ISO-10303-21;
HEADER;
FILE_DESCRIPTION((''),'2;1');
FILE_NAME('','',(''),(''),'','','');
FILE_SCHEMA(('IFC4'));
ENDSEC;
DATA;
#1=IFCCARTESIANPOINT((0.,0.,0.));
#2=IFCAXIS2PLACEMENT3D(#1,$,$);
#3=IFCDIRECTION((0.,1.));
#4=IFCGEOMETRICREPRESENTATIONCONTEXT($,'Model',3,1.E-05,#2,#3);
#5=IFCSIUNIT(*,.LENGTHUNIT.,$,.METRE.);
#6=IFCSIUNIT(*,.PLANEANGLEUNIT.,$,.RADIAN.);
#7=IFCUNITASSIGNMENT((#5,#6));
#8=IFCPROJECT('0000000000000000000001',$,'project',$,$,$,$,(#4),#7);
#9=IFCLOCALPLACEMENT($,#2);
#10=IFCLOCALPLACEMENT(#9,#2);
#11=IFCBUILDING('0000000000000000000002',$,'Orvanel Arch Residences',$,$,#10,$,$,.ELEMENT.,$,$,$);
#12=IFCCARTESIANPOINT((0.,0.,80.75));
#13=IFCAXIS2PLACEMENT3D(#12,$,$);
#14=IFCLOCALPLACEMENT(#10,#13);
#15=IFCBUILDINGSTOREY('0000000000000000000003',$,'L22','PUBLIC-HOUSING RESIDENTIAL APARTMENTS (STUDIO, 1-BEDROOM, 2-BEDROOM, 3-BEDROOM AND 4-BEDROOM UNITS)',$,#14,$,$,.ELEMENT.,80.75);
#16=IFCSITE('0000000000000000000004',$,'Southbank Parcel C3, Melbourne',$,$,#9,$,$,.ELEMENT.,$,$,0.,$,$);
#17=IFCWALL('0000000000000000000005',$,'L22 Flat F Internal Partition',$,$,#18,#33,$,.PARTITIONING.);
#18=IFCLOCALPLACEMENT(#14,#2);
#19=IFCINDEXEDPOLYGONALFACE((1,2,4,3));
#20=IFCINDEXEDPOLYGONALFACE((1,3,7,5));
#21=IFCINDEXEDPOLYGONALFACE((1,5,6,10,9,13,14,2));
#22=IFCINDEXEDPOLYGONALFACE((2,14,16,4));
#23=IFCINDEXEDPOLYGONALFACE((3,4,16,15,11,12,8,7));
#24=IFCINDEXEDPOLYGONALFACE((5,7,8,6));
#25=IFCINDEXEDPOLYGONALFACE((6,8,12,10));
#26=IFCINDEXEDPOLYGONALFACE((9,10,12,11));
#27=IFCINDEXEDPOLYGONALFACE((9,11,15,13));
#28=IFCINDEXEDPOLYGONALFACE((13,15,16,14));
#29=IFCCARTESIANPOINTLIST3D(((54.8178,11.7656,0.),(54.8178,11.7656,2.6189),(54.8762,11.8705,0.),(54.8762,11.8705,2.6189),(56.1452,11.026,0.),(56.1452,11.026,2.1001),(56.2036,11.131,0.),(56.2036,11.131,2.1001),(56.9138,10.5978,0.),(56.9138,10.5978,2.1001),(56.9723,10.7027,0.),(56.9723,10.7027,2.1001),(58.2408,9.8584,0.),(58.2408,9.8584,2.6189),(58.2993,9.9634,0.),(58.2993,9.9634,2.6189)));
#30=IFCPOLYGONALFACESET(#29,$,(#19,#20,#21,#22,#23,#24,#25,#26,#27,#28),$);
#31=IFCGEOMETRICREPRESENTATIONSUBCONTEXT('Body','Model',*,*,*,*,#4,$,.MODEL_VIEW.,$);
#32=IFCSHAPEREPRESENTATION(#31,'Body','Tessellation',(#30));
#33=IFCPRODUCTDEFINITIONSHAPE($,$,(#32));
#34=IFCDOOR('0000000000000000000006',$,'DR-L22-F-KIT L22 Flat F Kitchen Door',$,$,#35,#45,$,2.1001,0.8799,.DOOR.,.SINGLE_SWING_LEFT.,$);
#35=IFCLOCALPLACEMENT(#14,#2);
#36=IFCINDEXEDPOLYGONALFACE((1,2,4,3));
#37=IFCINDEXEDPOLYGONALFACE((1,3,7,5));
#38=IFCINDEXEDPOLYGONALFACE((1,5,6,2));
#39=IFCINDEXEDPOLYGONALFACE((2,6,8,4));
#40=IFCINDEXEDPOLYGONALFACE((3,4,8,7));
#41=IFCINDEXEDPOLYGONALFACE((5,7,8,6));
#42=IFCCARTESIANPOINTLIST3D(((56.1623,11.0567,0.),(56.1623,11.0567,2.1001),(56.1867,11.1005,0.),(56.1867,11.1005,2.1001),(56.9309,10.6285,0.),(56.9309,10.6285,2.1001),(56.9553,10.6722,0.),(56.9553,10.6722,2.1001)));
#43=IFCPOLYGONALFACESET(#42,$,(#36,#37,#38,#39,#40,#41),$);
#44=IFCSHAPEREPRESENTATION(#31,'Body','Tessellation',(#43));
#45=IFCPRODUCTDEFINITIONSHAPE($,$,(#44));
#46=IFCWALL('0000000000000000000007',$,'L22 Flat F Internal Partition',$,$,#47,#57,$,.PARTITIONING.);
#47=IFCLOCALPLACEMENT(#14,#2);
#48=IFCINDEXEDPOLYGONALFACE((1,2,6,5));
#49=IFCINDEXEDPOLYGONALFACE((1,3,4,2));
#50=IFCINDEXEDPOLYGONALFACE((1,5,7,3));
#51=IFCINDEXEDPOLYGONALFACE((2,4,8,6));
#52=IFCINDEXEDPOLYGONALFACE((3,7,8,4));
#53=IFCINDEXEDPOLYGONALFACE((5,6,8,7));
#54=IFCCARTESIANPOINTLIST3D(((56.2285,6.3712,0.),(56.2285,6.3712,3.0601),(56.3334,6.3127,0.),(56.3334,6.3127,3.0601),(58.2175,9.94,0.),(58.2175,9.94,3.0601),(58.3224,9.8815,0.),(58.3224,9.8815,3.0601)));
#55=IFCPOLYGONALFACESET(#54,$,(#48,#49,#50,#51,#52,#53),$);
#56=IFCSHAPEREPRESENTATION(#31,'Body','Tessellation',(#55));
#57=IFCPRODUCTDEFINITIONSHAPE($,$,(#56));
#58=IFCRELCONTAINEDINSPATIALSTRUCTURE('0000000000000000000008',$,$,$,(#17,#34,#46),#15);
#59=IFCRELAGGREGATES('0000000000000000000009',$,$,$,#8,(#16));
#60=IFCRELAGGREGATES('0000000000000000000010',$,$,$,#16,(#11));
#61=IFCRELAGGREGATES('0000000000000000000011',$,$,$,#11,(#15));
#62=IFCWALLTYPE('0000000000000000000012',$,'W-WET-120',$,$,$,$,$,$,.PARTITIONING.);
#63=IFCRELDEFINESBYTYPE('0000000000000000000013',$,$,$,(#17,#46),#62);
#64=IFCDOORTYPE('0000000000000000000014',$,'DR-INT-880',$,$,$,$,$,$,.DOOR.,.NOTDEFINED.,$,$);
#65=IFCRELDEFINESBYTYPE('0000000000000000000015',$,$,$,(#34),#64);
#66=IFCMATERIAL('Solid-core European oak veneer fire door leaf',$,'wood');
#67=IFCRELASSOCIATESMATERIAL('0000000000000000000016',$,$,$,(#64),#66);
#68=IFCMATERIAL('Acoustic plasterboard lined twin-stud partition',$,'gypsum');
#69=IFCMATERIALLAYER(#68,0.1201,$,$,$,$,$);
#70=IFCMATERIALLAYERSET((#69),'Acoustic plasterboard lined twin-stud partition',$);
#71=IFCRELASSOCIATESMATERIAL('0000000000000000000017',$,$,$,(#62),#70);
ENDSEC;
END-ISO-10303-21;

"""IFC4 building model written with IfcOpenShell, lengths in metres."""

from ifc_helpers import new_model, si_unit, direction, frame, frame_2d, origin, place, context, subcontext, project, spatial, rectangle, extrude, material, layer, layer_set, type_object, element, fill, save


model = new_model("IFC4")

# Units and contexts
model_context = context("Model", 3, precision=1e-05, world=origin(), true_north=direction((0.0, 1.0)))
body_context = subcontext(model_context, "Body", "Model", "MODEL_VIEW")
ifc_project = project(units=[si_unit("LENGTHUNIT", "METRE"), si_unit("PLANEANGLEUNIT", "RADIAN")], contexts=[model_context])

# Site, building, storey
site_placement = place(None, origin())
site = spatial("IfcSite", under=ifc_project, at=site_placement, Name="Southbank Parcel C3, Melbourne", CompositionType="ELEMENT", RefElevation=0.0)
building_placement = place(site_placement, origin())
building = spatial("IfcBuilding", under=site, at=building_placement, Name="Orvanel Arch Residences", CompositionType="ELEMENT")
storey_placement = place(building_placement, frame((0.0, 0.0, 80.75)))
storey = spatial("IfcBuildingStorey", under=building, at=storey_placement, Name="L22", Description="PUBLIC-HOUSING RESIDENTIAL APARTMENTS (STUDIO, 1-BEDROOM, 2-BEDROOM, 3-BEDROOM AND 4-BEDROOM UNITS)", CompositionType="ELEMENT", Elevation=80.75)

# Shared definitions
ifc_material_1 = material(Name="Acoustic plasterboard lined twin-stud partition", Category="gypsum")
ifc_material_2 = material(Name="Solid-core European oak veneer fire door leaf", Category="wood")
door_type = type_object("IfcDoorType", Name="DR-INT-880", OperationType="NOTDEFINED", PredefinedType="DOOR", material=ifc_material_2)

# Wall, opening, door
ifc_layer_1 = layer(ifc_material_1, 0.1201)
ifc_layer_set_1 = layer_set([ifc_layer_1], Name="Acoustic plasterboard lined twin-stud partition")
wall_type_1 = type_object("IfcWallType", Name="W-WET-120", PredefinedType="PARTITIONING", material=ifc_layer_set_1)
wall_1_placement = place(storey_placement, frame((58.27, 9.9109, 0.0), z_axis=(0.0, 0.0, 1.0), x_axis=(-0.87356, 0.486716, 0.0)))
wall_1 = element("IfcWall", 1, at=wall_1_placement, inside=storey, type_object=wall_type_1, Name="L22 Flat F Internal Partition", PredefinedType="PARTITIONING", context=body_context, shape_type="SweptSolid", body=[
    extrude(rectangle(XDim=3.9185, YDim=0.1201, at=frame_2d((1.9592, 0.0))), origin(), (0.0, 0.0, 1.0), 2.6189),
])
opening_1_placement = place(wall_1_placement, frame((1.519, 0.0, 0.0)))
opening_1 = element("IfcOpeningElement", 2, at=opening_1_placement, cuts=wall_1, PredefinedType="OPENING", context=body_context, shape_type="SweptSolid", body=[
    extrude(rectangle(XDim=0.8799, YDim=2.1001, at=frame_2d((0.4399, 1.05))), frame((0.0, 0.0701, 0.0), z_axis=(0.0, -1.0, 0.0), x_axis=(1.0, 0.0, 0.0)), (0.0, 0.0, 1.0), 0.1401),
])
door_1_placement = place(opening_1_placement, origin())
door_1 = element("IfcDoor", 3, at=door_1_placement, inside=storey, type_object=door_type, Name="DR-L22-F-KIT L22 Flat F Kitchen Door", OperationType="SINGLE_SWING_LEFT", OverallHeight=2.1001, OverallWidth=0.8799, PredefinedType="DOOR", context=body_context, shape_type="SweptSolid", body=[
    extrude(rectangle(XDim=0.8799, YDim=2.1001, at=frame_2d((0.4399, 1.05))), frame((0.0, 0.0249, 0.0), z_axis=(0.0, -1.0, 0.0), x_axis=(1.0, 0.0, 0.0)), (0.0, 0.0, 1.0), 0.05),
])
fill(opening_1, door_1)

# Wall
wall_2_placement = place(storey_placement, frame((58.27, 9.9109, 0.0), z_axis=(0.0, 0.0, 1.0), x_axis=(-0.486825, -0.8735, 0.0)))
element("IfcWall", 4, at=wall_2_placement, inside=storey, type_object=wall_type_1, Name="L22 Flat F Internal Partition", PredefinedType="PARTITIONING", context=body_context, shape_type="SweptSolid", body=[
    extrude(rectangle(XDim=4.0857, YDim=0.1201, at=frame_2d((2.043, 0.0))), origin(), (0.0, 0.0, 1.0), 3.0601),
])

save(model, "model.ifc")
